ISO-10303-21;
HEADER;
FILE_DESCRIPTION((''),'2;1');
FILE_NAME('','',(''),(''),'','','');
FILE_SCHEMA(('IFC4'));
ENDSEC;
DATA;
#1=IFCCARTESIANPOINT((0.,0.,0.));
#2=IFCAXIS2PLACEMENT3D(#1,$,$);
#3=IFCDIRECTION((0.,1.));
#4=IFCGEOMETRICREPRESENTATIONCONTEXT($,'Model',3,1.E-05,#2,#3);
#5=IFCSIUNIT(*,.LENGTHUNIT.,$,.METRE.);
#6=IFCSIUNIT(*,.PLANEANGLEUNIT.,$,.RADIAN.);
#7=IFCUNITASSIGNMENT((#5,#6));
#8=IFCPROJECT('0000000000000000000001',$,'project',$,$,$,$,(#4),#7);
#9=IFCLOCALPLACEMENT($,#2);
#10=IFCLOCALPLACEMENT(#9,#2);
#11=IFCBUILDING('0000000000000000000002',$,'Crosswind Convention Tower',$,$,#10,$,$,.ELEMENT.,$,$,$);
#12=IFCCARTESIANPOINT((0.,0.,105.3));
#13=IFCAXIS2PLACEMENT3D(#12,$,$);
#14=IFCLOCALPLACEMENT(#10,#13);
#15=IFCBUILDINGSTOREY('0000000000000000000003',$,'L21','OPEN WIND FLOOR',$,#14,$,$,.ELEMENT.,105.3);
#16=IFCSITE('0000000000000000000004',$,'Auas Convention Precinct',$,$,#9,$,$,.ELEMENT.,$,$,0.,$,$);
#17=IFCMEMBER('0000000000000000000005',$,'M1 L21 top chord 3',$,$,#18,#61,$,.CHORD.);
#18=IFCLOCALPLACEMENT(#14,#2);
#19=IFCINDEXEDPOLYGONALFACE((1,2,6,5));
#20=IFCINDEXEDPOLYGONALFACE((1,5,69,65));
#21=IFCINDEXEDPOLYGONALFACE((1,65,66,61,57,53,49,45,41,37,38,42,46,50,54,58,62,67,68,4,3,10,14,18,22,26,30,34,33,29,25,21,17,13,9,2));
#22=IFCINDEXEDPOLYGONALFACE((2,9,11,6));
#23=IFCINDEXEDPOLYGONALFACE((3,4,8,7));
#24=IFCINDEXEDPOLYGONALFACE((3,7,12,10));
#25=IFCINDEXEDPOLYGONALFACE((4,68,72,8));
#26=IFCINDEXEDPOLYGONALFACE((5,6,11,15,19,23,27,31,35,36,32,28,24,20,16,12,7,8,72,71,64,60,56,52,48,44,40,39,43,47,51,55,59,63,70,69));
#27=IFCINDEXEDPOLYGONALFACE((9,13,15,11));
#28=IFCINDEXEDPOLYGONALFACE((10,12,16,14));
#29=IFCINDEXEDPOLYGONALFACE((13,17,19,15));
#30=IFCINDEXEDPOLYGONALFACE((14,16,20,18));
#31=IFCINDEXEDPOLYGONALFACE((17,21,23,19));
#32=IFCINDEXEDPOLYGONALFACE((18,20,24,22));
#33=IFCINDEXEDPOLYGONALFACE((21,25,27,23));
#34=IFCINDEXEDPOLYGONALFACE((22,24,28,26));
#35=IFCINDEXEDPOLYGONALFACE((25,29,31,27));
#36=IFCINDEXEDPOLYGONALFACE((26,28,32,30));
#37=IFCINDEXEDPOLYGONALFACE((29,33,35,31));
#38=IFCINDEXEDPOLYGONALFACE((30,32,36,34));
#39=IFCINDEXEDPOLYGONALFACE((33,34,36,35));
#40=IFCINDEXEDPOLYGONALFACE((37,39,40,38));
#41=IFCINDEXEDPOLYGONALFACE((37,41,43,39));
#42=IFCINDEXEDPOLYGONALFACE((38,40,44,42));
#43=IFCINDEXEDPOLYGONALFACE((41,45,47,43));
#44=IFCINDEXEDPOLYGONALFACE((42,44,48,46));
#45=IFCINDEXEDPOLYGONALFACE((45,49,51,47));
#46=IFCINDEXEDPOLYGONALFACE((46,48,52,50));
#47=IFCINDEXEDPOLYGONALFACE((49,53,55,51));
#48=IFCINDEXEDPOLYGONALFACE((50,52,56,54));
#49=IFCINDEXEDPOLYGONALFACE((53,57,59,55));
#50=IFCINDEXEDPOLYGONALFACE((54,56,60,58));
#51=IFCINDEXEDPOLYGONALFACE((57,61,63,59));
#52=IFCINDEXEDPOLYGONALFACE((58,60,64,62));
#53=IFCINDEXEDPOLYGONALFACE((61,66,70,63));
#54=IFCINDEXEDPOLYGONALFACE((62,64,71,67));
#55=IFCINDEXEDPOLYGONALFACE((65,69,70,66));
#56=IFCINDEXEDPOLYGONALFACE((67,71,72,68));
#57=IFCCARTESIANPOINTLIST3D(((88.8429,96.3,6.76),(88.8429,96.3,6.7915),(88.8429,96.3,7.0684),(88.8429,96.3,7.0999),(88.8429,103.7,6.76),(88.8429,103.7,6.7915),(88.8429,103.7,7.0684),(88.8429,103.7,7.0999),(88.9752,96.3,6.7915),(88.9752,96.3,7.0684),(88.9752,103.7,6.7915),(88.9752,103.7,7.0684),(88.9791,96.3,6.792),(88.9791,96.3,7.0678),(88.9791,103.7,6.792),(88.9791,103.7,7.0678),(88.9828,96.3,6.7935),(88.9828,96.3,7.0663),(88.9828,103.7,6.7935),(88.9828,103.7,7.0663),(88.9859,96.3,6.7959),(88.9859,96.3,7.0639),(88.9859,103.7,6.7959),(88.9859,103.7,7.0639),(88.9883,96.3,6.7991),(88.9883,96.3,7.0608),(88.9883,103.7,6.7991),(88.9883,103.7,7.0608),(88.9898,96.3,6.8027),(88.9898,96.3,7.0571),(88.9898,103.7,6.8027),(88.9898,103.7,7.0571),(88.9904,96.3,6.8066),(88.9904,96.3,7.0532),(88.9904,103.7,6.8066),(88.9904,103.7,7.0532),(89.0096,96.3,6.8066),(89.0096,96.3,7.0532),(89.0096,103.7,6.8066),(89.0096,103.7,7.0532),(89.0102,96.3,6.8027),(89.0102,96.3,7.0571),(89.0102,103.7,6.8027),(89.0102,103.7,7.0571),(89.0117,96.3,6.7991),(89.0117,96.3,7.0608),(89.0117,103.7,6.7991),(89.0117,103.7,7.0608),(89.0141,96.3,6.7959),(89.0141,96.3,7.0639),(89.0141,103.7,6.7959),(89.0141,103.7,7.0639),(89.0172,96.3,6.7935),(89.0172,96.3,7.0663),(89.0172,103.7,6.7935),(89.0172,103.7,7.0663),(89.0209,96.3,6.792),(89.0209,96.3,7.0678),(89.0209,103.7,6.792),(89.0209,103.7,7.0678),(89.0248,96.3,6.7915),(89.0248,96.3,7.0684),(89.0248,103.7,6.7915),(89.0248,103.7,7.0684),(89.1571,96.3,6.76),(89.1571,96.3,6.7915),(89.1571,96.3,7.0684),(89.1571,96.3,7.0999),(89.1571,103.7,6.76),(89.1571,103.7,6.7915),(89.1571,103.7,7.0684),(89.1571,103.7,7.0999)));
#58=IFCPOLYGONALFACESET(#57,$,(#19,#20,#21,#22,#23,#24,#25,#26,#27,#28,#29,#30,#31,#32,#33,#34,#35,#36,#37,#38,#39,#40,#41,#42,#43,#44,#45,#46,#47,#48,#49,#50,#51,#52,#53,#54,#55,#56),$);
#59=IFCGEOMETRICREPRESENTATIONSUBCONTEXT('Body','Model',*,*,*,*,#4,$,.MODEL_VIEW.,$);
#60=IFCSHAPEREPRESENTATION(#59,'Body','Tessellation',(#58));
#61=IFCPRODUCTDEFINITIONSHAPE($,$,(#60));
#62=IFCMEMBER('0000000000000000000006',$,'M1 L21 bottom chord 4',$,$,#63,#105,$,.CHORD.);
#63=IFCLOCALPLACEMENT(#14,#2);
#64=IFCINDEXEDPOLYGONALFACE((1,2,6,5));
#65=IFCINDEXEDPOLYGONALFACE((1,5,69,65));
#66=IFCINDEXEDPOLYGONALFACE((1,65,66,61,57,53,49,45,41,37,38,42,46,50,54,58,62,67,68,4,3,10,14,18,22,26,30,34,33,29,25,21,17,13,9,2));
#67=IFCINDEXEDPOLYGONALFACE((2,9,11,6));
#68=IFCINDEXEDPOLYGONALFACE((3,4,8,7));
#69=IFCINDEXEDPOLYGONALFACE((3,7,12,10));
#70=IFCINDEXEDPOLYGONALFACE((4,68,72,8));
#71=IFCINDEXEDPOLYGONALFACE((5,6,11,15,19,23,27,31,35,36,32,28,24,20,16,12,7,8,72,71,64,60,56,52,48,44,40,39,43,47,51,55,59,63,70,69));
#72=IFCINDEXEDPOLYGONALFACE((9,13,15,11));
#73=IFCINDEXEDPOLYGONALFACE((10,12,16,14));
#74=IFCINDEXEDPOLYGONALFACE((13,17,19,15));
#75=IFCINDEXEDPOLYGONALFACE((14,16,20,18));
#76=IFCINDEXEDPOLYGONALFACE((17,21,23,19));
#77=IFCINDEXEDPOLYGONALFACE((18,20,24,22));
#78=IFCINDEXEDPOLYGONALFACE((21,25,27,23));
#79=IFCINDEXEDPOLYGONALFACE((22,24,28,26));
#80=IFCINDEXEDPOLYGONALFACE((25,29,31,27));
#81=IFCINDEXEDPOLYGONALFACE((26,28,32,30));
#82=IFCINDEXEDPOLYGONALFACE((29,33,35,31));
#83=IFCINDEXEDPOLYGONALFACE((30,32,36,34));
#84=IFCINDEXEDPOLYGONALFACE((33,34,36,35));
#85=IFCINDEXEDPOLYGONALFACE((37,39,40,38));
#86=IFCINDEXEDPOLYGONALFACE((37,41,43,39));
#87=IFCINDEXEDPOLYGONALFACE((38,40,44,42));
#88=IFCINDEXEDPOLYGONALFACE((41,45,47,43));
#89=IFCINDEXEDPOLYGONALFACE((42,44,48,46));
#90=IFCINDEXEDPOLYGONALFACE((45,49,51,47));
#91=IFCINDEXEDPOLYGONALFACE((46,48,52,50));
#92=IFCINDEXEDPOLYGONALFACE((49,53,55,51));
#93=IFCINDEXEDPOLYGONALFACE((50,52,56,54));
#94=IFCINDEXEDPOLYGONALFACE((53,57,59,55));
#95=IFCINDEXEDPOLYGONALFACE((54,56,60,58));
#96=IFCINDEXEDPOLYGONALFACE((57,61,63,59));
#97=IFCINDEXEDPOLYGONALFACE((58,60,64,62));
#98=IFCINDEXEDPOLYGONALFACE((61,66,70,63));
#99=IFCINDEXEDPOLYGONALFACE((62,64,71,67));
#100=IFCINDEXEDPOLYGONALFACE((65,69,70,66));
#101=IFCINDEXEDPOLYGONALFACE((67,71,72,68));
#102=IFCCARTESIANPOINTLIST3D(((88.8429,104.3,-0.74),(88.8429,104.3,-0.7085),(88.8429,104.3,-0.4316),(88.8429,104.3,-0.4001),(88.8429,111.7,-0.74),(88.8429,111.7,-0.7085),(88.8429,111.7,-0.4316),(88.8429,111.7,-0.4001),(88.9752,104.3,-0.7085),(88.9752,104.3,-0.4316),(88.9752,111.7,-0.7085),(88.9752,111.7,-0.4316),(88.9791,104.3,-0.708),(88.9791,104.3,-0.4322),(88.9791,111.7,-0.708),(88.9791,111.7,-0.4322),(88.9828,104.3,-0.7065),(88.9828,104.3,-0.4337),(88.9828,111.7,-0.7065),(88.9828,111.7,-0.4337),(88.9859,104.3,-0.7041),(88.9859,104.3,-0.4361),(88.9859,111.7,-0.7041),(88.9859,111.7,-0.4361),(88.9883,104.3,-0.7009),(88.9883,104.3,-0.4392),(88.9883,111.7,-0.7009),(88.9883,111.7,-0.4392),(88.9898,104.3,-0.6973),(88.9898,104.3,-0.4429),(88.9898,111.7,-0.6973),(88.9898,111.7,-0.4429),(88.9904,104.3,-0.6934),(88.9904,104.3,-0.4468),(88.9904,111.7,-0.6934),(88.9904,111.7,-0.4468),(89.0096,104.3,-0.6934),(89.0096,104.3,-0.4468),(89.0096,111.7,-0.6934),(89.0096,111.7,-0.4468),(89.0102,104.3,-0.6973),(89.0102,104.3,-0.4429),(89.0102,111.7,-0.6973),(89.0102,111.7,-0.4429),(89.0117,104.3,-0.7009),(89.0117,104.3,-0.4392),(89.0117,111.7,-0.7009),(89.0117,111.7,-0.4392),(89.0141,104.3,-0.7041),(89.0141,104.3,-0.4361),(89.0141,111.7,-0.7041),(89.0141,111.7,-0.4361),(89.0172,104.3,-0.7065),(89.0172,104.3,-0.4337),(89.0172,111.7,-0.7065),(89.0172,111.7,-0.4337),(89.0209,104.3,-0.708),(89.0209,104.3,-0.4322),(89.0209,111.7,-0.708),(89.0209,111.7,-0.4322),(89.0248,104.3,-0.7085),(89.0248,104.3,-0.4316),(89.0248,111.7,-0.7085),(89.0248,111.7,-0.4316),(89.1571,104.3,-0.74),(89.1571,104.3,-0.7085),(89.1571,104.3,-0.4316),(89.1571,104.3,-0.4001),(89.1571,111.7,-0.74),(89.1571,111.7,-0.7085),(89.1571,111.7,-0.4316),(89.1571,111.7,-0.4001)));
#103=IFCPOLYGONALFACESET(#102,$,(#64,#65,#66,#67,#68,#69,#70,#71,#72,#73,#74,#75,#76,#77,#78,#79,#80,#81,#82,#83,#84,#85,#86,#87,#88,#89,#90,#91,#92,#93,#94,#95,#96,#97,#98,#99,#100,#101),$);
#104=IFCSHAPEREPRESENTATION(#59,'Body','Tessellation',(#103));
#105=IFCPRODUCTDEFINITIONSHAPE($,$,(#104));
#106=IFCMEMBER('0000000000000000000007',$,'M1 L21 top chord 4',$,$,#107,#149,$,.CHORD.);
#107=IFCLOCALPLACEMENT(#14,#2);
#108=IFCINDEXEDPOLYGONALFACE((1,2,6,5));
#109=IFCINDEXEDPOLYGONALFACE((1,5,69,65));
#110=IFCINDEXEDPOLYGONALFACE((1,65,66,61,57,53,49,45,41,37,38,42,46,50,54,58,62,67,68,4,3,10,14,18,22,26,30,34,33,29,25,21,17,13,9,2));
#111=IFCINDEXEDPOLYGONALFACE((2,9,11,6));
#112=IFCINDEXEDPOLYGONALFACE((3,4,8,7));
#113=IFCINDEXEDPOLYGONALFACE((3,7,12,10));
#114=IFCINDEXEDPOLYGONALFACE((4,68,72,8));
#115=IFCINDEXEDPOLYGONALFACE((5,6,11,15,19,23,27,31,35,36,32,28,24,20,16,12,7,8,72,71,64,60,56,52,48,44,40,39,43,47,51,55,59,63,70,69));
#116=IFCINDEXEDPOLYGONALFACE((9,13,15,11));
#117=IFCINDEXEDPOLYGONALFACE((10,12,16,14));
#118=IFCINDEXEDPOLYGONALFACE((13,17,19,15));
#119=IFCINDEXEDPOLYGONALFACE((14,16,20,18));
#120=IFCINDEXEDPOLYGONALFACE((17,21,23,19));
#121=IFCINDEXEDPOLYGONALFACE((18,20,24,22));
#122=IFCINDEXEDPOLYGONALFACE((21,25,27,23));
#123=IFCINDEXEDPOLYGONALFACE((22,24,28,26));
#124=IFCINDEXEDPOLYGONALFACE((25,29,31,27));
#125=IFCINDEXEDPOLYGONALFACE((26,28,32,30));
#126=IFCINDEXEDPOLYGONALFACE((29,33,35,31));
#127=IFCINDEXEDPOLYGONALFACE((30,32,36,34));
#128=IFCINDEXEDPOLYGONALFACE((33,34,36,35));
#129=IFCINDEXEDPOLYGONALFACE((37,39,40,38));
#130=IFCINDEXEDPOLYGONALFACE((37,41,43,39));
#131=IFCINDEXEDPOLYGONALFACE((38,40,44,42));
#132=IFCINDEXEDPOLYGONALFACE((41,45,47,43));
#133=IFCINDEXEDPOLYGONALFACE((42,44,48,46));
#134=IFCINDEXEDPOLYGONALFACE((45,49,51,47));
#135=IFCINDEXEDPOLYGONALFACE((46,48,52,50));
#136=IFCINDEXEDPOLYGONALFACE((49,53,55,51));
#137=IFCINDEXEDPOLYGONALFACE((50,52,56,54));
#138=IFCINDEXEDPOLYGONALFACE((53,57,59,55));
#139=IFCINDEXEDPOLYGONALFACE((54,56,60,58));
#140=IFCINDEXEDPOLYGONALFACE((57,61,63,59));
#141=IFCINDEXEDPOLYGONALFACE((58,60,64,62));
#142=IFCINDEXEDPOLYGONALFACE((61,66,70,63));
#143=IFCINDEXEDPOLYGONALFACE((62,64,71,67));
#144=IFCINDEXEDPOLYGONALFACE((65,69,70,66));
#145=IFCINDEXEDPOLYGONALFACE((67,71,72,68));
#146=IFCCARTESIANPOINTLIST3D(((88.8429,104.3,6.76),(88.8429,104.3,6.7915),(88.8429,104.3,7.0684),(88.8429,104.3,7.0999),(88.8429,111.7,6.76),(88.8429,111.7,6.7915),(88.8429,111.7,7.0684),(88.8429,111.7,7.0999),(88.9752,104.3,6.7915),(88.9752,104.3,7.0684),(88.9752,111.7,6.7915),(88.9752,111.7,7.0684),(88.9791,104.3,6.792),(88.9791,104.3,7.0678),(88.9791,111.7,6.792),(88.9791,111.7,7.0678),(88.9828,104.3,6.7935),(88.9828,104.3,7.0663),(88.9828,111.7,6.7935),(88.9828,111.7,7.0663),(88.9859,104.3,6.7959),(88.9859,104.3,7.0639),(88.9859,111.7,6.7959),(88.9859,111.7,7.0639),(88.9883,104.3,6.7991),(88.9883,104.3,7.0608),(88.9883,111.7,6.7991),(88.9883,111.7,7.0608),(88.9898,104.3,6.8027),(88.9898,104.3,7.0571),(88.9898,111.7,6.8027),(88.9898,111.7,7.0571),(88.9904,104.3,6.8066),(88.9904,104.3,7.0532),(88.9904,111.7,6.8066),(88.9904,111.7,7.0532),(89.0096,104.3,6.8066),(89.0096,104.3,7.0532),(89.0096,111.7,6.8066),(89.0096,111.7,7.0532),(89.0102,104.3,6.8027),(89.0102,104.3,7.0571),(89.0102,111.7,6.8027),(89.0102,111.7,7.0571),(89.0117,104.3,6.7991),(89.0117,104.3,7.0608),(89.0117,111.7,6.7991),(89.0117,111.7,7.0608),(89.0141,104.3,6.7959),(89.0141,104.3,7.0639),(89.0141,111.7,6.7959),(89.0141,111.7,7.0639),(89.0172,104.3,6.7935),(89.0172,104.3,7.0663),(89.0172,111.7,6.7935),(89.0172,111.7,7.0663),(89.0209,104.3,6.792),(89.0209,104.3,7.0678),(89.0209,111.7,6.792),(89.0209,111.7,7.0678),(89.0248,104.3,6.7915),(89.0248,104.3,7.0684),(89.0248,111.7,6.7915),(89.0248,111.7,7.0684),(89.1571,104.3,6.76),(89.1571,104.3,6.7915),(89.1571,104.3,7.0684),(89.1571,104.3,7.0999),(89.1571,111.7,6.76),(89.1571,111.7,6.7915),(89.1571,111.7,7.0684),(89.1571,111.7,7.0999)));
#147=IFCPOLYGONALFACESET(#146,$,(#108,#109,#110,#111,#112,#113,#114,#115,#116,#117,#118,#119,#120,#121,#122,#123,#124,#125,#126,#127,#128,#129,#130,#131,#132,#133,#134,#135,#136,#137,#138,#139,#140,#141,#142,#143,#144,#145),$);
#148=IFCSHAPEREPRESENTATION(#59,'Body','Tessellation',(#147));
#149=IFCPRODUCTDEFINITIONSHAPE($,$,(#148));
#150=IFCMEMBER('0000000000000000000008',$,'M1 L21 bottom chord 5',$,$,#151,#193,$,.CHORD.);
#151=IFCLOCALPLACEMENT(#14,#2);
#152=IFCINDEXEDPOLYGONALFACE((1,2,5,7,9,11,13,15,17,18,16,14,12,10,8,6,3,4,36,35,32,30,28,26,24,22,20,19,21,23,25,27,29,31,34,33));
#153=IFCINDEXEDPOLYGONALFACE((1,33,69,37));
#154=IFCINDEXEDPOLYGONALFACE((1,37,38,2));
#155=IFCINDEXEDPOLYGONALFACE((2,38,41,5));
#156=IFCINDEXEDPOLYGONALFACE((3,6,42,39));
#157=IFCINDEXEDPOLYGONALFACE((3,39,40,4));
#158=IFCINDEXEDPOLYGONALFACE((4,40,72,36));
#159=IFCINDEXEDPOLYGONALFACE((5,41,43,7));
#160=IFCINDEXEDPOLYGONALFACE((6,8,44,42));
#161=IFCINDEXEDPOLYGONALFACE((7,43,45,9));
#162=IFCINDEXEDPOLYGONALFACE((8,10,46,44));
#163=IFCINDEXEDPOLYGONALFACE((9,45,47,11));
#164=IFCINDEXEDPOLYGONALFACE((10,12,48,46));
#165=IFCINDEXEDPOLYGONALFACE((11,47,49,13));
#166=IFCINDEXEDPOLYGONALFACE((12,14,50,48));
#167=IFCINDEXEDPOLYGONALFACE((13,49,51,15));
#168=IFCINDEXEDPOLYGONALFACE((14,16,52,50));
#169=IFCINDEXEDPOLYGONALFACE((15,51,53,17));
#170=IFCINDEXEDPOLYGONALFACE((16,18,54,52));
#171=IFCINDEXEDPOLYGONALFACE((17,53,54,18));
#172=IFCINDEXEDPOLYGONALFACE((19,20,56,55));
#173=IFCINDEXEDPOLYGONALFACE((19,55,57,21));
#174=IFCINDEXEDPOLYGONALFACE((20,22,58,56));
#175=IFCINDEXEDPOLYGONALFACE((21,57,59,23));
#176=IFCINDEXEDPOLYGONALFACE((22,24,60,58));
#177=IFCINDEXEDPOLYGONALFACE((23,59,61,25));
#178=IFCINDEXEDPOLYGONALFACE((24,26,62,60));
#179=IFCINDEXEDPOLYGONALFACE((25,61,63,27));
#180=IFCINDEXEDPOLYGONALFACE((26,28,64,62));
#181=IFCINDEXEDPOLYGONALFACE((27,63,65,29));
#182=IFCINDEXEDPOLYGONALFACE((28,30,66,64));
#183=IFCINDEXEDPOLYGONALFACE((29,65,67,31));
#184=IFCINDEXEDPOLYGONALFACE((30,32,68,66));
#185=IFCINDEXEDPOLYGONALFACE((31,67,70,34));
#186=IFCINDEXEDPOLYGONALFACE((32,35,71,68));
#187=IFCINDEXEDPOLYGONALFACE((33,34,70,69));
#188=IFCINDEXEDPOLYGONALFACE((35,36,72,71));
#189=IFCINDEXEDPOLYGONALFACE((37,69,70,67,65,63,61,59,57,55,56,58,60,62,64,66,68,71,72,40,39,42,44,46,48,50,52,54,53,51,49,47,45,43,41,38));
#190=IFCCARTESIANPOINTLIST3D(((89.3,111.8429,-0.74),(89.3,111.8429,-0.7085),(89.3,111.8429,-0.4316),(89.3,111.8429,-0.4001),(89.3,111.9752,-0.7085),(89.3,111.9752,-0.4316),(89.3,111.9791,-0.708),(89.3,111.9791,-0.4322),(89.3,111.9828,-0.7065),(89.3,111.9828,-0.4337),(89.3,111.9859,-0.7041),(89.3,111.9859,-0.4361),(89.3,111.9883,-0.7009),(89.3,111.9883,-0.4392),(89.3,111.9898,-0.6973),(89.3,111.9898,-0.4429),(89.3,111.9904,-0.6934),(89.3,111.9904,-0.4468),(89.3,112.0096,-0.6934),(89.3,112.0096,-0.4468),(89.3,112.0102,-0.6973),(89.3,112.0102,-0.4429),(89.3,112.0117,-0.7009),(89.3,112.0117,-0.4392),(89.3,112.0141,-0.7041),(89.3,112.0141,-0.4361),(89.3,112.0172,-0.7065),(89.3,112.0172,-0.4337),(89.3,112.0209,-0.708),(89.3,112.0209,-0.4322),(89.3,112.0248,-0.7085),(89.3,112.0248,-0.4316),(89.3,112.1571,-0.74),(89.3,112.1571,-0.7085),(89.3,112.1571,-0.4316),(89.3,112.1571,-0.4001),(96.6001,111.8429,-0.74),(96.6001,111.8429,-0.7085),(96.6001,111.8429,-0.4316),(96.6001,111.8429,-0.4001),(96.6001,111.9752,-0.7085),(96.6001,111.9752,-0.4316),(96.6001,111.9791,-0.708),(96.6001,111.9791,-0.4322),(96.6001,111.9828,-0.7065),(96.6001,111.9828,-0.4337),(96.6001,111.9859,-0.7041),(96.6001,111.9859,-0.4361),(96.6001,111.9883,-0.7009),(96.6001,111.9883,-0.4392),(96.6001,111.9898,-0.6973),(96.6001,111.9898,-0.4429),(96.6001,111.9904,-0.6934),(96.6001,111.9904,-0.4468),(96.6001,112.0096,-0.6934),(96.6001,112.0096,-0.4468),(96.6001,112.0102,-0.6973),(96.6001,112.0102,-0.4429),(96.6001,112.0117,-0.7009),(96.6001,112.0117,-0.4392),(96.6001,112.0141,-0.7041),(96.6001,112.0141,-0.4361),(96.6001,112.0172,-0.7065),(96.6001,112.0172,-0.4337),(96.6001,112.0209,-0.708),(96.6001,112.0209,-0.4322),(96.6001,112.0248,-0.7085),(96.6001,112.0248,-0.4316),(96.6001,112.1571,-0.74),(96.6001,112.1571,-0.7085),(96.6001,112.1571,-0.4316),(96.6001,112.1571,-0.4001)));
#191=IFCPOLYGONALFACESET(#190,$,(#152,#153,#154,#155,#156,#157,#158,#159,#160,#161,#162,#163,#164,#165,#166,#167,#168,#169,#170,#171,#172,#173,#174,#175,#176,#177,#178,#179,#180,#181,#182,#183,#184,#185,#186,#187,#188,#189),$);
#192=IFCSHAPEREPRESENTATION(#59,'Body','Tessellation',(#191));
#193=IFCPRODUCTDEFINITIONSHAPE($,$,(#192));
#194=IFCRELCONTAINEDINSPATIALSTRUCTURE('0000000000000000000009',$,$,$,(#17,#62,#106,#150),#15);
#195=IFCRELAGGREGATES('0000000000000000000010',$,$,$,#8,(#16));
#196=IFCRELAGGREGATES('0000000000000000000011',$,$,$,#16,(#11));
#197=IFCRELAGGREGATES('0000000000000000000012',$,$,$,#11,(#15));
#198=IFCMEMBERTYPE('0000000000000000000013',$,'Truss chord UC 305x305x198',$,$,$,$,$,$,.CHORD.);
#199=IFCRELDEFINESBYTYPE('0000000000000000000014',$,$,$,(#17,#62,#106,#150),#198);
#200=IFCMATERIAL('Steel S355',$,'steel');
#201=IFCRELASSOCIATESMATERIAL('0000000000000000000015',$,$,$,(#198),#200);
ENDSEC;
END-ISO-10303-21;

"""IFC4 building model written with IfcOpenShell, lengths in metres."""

from ifc_helpers import new_model, si_unit, direction, frame, origin, origin_2d, place, context, subcontext, project, spatial, i_section, extrude, material, material_profile, profile_set, type_object, element, save


model = new_model("IFC4")

# Units and contexts
model_context = context("Model", 3, precision=1e-05, world=origin(), true_north=direction((0.0, 1.0)))
body_context = subcontext(model_context, "Body", "Model", "MODEL_VIEW")
ifc_project = project(units=[si_unit("LENGTHUNIT", "METRE"), si_unit("PLANEANGLEUNIT", "RADIAN")], contexts=[model_context])

# Site, building, storey
site_placement = place(None, origin())
site = spatial("IfcSite", under=ifc_project, at=site_placement, Name="Auas Convention Precinct", CompositionType="ELEMENT", RefElevation=0.0)
building_placement = place(site_placement, origin())
building = spatial("IfcBuilding", under=site, at=building_placement, Name="Crosswind Convention Tower", CompositionType="ELEMENT")
storey_placement = place(building_placement, frame((0.0, 0.0, 105.3)))
storey = spatial("IfcBuildingStorey", under=building, at=storey_placement, Name="L21", Description="OPEN WIND FLOOR", CompositionType="ELEMENT", Elevation=105.3)

# Shared definitions
ifc_material_1 = material(Name="Steel S355", Category="steel")

# Members
ifc_material_profile_1 = material_profile(ifc_material_1, i_section(OverallWidth=0.3142, OverallDepth=0.3398, WebThickness=0.0193, FlangeThickness=0.0315, FilletRadius=0.0151, at=origin_2d()), Name="UC 305x305x198")
ifc_profile_set_1 = profile_set([ifc_material_profile_1], Name="Steel S355")
member_type_1 = type_object("IfcMemberType", Name="Truss chord UC 305x305x198", PredefinedType="CHORD", material=ifc_profile_set_1)
for number, where, z_axis, x_axis, name in (
    (1, (89.0, 96.3, 6.9299), (0.0, 1.0, 0.0), (-1.0, 0.0, 0.0), "M1 L21 top chord 3"),
    (2, (89.0, 104.3, -0.5701), (0.0, 1.0, 0.0), (-1.0, 0.0, 0.0), "M1 L21 bottom chord 4"),
    (3, (89.0, 104.3, 6.9299), (0.0, 1.0, 0.0), (-1.0, 0.0, 0.0), "M1 L21 top chord 4"),
):
    element("IfcMember", number, at=place(storey_placement, frame(where, z_axis=z_axis, x_axis=x_axis)), inside=storey, type_object=member_type_1, Name=name, PredefinedType="CHORD", context=body_context, shape_type="SweptSolid", body=[
        extrude(i_section(OverallWidth=0.3142, OverallDepth=0.3398, WebThickness=0.0193, FlangeThickness=0.0315, FilletRadius=0.0151, at=origin_2d()), origin(), (0.0, 0.0, 1.0), 7.3999),
    ])
for number, where, z_axis, x_axis, name in (
    (4, (89.3, 112.0, -0.5701), (1.0, 0.0, 0.0), (0.0, 1.0, 0.0), "M1 L21 bottom chord 5"),
):
    element("IfcMember", number, at=place(storey_placement, frame(where, z_axis=z_axis, x_axis=x_axis)), inside=storey, type_object=member_type_1, Name=name, PredefinedType="CHORD", context=body_context, shape_type="SweptSolid", body=[
        extrude(i_section(OverallWidth=0.3142, OverallDepth=0.3398, WebThickness=0.0193, FlangeThickness=0.0315, FilletRadius=0.0151, at=origin_2d()), origin(), (0.0, 0.0, 1.0), 7.3),
    ])

save(model, "model.ifc")
